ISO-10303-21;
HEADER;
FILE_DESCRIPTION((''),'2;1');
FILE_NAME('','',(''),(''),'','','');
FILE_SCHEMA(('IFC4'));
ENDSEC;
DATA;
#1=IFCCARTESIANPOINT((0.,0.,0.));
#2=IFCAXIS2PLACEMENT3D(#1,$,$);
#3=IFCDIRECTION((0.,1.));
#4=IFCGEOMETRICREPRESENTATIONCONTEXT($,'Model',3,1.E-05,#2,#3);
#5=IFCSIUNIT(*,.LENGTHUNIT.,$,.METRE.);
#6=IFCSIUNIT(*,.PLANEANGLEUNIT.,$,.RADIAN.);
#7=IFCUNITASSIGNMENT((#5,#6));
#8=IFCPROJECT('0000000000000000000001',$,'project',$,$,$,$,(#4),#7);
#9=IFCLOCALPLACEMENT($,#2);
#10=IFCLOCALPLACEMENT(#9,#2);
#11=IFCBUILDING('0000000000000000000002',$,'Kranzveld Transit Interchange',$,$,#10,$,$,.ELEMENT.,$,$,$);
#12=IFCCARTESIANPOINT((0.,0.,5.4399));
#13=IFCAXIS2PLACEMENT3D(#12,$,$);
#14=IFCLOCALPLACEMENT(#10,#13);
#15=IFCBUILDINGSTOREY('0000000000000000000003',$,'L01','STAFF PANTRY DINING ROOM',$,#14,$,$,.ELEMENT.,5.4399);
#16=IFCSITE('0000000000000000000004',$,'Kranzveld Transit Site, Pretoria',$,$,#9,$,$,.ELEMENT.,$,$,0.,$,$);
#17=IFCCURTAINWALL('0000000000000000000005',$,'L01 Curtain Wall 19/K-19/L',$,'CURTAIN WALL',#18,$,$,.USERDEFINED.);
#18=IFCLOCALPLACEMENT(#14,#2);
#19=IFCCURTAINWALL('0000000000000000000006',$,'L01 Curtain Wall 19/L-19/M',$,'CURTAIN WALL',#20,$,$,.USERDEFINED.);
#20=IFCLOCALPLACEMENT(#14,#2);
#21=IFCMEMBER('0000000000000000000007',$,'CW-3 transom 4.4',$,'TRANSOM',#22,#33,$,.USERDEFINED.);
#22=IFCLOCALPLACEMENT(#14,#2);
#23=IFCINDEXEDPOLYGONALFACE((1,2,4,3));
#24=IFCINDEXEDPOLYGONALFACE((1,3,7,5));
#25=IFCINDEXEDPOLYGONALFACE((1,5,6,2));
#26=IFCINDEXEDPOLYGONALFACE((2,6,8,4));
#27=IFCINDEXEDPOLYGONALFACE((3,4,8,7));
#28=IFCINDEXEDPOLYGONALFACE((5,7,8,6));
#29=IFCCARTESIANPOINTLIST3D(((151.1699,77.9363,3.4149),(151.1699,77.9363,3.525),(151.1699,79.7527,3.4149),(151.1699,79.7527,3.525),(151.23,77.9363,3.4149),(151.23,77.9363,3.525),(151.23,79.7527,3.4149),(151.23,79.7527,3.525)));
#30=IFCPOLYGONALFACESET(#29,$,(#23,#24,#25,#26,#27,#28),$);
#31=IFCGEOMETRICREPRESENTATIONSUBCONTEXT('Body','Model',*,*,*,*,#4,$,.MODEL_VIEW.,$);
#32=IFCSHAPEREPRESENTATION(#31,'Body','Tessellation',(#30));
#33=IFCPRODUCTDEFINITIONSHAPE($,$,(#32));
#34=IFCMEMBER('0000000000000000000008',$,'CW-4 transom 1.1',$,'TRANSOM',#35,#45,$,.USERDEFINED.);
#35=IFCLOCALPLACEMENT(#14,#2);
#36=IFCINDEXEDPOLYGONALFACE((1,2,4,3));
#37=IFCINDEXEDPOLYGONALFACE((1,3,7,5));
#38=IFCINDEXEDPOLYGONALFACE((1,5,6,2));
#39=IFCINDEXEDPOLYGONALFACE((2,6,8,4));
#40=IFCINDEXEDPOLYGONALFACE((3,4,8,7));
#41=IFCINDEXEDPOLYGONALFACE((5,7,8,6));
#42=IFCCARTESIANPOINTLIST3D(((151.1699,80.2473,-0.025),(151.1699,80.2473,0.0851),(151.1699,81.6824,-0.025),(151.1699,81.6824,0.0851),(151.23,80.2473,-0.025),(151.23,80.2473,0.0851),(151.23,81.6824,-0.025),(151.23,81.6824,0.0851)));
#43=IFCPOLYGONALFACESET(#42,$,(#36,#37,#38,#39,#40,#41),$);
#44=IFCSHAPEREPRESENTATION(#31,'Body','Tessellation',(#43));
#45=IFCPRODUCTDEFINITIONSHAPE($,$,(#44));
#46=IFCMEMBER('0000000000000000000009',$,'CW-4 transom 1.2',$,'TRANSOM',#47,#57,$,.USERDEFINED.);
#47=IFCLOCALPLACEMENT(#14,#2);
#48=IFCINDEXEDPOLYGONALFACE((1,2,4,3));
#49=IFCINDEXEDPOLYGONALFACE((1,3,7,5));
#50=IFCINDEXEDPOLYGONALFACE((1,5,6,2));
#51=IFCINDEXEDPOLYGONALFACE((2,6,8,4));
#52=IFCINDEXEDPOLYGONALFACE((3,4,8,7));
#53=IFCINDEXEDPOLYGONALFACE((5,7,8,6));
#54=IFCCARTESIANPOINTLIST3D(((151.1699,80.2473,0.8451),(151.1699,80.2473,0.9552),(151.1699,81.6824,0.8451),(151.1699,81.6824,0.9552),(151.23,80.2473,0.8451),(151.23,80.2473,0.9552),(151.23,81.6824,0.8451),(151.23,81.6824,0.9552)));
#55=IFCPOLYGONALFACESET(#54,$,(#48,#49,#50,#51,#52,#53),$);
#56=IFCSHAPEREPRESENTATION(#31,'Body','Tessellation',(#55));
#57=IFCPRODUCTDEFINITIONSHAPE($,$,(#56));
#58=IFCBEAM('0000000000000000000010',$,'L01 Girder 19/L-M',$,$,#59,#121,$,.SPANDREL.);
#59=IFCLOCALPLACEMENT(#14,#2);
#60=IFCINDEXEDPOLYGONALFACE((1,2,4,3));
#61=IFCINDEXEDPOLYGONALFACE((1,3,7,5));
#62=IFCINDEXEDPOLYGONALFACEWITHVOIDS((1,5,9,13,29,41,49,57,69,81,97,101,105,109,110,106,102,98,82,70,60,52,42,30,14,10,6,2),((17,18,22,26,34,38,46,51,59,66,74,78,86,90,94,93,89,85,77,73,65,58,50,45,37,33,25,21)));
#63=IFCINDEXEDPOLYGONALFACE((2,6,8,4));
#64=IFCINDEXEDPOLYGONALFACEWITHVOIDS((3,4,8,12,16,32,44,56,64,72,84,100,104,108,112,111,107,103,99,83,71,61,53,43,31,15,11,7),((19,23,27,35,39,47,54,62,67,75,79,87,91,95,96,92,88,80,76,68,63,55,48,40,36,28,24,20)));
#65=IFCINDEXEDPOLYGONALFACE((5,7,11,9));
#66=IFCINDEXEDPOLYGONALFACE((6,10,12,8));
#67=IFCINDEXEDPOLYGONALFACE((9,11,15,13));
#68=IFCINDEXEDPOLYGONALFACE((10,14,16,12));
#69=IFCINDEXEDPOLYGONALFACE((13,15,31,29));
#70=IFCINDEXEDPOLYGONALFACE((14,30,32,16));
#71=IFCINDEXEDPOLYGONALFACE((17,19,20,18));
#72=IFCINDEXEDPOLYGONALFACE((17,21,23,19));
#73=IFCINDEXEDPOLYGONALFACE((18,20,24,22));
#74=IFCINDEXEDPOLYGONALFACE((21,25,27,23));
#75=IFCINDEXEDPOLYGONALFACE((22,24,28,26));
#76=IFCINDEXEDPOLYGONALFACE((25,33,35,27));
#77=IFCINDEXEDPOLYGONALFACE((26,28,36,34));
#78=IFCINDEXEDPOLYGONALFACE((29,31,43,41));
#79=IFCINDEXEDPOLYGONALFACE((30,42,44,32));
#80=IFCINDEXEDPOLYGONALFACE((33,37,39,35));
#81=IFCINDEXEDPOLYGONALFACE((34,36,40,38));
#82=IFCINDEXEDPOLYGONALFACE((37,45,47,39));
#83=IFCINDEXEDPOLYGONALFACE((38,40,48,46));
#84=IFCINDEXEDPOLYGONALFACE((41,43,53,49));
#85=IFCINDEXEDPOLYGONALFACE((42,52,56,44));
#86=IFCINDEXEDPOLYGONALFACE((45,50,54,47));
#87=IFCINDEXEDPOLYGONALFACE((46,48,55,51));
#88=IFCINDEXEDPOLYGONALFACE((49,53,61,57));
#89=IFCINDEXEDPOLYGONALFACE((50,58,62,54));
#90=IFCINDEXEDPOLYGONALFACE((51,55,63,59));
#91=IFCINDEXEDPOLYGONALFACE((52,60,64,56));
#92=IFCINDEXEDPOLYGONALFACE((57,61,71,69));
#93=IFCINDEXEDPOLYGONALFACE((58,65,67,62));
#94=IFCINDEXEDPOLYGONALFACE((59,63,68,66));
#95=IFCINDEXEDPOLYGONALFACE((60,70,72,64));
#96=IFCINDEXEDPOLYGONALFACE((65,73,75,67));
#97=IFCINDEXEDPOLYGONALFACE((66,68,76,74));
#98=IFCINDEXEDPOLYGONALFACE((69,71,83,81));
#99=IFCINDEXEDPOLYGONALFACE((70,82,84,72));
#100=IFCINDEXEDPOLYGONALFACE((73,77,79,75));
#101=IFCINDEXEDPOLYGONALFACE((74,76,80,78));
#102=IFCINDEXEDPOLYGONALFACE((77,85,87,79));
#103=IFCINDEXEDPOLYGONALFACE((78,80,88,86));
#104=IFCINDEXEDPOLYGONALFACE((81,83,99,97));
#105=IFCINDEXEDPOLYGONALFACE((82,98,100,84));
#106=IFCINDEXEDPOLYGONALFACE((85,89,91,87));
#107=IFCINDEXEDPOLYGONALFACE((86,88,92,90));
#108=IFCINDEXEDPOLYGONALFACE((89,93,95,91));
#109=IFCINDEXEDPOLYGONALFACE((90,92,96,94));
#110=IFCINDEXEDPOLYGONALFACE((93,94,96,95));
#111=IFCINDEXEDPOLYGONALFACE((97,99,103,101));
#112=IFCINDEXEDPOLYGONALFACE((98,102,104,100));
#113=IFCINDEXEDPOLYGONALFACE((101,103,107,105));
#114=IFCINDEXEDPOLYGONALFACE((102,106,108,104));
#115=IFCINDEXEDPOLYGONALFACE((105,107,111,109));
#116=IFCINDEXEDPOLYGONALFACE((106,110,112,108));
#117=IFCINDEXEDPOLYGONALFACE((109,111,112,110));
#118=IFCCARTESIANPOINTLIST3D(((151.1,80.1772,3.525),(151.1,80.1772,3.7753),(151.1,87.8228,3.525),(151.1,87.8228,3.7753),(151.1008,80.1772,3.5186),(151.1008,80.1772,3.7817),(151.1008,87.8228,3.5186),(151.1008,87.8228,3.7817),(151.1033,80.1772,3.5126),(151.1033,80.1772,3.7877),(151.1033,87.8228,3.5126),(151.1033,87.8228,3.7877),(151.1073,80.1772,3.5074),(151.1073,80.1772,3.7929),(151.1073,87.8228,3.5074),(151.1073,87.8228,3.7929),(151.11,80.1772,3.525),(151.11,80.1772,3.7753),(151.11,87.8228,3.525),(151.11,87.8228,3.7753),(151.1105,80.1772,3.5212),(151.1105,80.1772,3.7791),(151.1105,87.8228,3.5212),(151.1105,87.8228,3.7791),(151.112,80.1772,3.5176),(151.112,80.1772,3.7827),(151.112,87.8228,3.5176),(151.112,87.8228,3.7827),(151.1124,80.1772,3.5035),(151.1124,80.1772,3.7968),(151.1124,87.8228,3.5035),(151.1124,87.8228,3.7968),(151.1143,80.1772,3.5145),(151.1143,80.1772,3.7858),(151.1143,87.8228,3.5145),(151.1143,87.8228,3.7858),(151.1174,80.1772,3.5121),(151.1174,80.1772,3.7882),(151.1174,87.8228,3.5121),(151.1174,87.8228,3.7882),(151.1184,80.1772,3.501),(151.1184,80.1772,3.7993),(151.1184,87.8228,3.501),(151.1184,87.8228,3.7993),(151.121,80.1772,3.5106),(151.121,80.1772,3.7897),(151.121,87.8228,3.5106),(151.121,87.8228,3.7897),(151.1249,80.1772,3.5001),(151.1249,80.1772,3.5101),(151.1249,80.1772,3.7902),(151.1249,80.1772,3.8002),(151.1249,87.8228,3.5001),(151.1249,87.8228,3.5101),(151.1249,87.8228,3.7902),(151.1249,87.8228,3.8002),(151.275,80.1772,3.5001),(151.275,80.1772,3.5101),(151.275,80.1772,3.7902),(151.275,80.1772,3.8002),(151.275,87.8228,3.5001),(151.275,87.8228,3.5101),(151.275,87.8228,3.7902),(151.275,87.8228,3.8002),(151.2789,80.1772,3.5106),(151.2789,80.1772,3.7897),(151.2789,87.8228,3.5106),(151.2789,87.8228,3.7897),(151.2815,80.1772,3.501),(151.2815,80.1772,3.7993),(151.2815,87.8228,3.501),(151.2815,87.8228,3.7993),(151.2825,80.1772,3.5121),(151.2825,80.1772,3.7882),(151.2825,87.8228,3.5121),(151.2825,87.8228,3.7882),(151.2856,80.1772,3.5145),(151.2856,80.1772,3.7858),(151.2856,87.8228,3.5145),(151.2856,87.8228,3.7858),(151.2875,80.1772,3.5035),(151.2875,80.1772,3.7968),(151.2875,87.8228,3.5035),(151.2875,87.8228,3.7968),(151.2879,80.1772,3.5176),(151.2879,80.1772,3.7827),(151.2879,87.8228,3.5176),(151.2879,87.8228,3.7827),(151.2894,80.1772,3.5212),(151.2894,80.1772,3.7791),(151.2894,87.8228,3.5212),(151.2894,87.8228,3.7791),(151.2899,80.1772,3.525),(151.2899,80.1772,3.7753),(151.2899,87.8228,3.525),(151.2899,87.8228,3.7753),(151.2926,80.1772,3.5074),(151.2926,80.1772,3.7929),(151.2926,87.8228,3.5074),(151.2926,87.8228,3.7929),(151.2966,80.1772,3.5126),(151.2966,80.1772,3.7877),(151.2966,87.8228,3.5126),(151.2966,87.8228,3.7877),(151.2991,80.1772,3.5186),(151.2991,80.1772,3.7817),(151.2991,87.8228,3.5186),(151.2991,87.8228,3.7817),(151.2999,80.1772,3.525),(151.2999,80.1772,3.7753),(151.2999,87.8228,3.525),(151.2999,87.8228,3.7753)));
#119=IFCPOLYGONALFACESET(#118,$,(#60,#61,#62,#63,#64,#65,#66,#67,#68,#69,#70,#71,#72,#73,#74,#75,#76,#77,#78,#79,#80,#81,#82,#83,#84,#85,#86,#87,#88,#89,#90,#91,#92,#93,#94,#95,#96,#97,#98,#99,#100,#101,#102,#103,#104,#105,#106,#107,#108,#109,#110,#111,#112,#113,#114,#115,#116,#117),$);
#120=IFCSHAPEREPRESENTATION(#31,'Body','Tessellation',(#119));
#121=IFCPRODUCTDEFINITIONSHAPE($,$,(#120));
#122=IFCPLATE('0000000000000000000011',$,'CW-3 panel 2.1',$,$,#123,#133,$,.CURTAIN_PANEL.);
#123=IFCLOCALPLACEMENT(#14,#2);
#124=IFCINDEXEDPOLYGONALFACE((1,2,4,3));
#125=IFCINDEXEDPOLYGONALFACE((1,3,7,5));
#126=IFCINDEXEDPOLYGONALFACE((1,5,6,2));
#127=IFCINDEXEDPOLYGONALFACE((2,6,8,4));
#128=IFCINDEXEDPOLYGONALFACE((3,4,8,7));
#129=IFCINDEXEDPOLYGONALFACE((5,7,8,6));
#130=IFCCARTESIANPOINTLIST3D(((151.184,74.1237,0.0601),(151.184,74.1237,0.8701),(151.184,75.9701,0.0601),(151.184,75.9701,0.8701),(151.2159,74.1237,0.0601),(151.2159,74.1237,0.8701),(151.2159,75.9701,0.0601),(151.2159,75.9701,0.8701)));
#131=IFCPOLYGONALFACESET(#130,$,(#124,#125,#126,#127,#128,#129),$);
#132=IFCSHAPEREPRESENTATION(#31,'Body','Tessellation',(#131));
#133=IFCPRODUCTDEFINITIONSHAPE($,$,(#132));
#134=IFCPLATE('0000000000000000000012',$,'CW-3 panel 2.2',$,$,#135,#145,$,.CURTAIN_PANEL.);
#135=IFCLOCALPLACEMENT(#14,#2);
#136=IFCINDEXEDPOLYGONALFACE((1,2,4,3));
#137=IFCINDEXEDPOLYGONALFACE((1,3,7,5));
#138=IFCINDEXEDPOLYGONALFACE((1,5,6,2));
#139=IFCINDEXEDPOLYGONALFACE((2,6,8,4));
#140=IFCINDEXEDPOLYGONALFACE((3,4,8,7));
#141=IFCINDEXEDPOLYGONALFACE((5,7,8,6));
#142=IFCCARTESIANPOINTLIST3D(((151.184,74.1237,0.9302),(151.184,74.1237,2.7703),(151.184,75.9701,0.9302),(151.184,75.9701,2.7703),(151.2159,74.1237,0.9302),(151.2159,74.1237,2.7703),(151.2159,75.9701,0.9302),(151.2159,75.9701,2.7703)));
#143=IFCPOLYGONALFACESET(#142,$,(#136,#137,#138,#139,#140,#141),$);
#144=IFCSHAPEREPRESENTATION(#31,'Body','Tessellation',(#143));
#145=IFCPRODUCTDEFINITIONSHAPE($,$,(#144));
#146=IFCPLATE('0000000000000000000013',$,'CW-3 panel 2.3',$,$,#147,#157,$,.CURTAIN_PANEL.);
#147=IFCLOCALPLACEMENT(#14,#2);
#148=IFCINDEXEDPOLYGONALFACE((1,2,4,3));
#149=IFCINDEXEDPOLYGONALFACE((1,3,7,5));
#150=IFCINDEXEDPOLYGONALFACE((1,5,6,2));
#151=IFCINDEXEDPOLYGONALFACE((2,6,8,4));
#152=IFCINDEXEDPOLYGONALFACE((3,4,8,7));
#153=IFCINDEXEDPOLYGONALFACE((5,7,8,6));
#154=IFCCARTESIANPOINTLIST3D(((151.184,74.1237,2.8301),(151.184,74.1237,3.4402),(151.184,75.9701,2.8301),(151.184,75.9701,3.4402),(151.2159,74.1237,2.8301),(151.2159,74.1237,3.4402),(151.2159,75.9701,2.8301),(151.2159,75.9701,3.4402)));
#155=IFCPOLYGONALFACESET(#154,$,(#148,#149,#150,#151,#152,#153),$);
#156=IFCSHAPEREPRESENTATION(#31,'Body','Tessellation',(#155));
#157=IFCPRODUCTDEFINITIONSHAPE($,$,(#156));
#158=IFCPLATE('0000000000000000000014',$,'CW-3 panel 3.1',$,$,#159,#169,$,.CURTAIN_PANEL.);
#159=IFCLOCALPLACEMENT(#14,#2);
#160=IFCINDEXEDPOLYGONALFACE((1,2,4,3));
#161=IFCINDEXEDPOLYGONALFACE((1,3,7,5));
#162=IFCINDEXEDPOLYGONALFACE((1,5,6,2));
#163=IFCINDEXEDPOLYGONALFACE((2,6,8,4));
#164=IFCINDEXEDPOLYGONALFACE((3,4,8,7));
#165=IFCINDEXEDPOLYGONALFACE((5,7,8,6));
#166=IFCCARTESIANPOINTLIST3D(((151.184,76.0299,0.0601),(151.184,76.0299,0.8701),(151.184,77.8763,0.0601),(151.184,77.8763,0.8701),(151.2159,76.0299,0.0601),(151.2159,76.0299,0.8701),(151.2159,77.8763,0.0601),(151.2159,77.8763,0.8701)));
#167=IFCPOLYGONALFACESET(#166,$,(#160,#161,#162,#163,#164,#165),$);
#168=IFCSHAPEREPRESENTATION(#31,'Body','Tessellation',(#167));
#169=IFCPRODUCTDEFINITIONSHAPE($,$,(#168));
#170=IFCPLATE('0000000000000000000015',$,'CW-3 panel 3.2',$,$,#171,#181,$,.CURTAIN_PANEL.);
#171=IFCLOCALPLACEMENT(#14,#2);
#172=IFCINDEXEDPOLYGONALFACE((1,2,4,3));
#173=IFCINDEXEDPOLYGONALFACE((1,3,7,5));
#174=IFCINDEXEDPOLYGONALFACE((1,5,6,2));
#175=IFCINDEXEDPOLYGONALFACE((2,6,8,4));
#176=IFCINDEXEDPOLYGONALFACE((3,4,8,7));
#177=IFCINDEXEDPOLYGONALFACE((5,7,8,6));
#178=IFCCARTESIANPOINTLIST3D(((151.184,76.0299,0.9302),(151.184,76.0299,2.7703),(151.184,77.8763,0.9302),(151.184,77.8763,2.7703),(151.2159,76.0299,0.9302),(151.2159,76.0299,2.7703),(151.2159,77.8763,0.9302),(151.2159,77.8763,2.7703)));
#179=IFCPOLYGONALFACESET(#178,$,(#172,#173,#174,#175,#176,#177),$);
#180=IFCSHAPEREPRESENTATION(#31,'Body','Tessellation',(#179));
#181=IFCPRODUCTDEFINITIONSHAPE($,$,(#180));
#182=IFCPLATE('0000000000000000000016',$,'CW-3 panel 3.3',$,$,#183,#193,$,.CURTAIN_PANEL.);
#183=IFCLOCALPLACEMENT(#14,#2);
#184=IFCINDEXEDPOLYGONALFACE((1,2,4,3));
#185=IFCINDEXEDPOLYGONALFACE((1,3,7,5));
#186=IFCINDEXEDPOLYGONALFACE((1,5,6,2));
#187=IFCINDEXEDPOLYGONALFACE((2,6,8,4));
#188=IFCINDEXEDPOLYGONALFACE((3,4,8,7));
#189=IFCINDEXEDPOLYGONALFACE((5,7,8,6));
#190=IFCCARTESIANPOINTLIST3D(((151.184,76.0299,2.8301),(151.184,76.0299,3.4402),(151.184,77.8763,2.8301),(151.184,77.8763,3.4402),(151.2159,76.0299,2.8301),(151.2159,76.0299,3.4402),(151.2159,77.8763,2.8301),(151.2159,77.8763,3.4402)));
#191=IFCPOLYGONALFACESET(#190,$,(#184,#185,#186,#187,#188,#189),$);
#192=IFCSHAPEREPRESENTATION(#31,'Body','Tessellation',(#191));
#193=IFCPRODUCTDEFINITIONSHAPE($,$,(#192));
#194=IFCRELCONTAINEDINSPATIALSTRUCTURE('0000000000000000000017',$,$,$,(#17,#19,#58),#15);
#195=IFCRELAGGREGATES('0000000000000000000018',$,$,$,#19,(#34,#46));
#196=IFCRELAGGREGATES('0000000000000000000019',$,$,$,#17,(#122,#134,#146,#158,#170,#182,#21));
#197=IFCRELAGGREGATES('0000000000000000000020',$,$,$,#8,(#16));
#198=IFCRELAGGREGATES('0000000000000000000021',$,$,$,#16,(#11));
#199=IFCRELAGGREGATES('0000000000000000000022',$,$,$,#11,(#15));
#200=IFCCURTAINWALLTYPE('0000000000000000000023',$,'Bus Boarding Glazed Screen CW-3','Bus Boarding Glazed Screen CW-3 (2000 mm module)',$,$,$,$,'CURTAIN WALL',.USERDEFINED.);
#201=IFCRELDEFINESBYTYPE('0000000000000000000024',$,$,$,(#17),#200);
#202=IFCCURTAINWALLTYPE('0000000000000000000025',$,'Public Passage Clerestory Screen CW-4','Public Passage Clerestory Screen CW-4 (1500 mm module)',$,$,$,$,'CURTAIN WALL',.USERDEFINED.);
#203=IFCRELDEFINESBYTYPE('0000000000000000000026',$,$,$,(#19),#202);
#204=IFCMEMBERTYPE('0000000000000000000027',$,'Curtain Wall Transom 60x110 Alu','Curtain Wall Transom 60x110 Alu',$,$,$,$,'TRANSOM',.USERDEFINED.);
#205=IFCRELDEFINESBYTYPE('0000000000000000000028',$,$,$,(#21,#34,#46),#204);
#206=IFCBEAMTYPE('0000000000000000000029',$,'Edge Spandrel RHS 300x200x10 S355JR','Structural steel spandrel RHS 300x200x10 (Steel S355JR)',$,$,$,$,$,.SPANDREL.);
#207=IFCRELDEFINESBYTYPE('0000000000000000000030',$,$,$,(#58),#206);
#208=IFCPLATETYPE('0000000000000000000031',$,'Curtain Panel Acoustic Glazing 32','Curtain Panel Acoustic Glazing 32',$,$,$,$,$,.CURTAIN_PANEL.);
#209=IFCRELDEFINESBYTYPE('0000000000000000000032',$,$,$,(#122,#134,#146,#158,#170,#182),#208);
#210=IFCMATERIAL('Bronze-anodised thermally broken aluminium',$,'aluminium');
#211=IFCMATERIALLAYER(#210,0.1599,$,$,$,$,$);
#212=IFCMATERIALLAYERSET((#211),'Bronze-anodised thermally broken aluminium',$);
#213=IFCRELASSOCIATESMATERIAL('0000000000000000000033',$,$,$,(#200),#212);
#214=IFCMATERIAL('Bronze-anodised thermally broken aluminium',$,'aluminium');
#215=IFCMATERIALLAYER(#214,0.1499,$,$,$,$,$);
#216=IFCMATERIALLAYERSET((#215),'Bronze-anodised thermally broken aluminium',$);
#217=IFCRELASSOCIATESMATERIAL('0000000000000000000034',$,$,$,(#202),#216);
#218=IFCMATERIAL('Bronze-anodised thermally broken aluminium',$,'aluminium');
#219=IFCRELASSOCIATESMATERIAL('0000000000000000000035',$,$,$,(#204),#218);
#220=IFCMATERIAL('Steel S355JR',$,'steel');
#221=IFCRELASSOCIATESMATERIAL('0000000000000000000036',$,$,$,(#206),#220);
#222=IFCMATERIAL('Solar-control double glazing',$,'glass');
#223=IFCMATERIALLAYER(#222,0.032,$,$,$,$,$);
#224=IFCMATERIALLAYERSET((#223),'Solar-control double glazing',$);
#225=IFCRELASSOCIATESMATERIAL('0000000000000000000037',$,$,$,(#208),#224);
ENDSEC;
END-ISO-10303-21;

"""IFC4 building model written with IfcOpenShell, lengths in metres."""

from ifc_helpers import new_model, si_unit, direction, frame, origin, origin_2d, place, context, subcontext, project, spatial, rectangle, hollow_rectangle, extrude, material, layer, layer_set, material_profile, profile_set, type_object, element, aggregate, save


model = new_model("IFC4")

# Units and contexts
model_context = context("Model", 3, precision=1e-05, world=origin(), true_north=direction((0.0, 1.0)))
body_context = subcontext(model_context, "Body", "Model", "MODEL_VIEW")
ifc_project = project(units=[si_unit("LENGTHUNIT", "METRE"), si_unit("PLANEANGLEUNIT", "RADIAN")], contexts=[model_context])

# Site, building, storey
site_placement = place(None, origin())
site = spatial("IfcSite", under=ifc_project, at=site_placement, Name="Kranzveld Transit Site, Pretoria", CompositionType="ELEMENT", RefElevation=0.0)
building_placement = place(site_placement, origin())
building = spatial("IfcBuilding", under=site, at=building_placement, Name="Kranzveld Transit Interchange", CompositionType="ELEMENT")
storey_placement = place(building_placement, frame((0.0, 0.0, 5.4399)))
storey = spatial("IfcBuildingStorey", under=building, at=storey_placement, Name="L01", Description="STAFF PANTRY DINING ROOM", CompositionType="ELEMENT", Elevation=5.4399)

# Curtain wall
ifc_material_1 = material(Name="Bronze-anodised thermally broken aluminium", Category="aluminium")
ifc_layer_1 = layer(ifc_material_1, 0.1599)
ifc_layer_set_1 = layer_set([ifc_layer_1], Name="Bronze-anodised thermally broken aluminium")
curtain_wall_type_1 = type_object("IfcCurtainWallType", Name="Bus Boarding Glazed Screen CW-3", Description="Bus Boarding Glazed Screen CW-3 (2000 mm module)", ElementType="CURTAIN WALL", PredefinedType="USERDEFINED", material=ifc_layer_set_1)
curtain_wall_1_placement = place(storey_placement, origin())
curtain_wall_1 = element("IfcCurtainWall", 1, at=curtain_wall_1_placement, inside=storey, type_object=curtain_wall_type_1, Name="L01 Curtain Wall 19/K-19/L", ObjectType="CURTAIN WALL", PredefinedType="USERDEFINED")

# Curtain wall
ifc_material_2 = material(Name="Bronze-anodised thermally broken aluminium", Category="aluminium")
ifc_layer_2 = layer(ifc_material_2, 0.1499)
ifc_layer_set_2 = layer_set([ifc_layer_2], Name="Bronze-anodised thermally broken aluminium")
curtain_wall_type_2 = type_object("IfcCurtainWallType", Name="Public Passage Clerestory Screen CW-4", Description="Public Passage Clerestory Screen CW-4 (1500 mm module)", ElementType="CURTAIN WALL", PredefinedType="USERDEFINED", material=ifc_layer_set_2)
curtain_wall_2_placement = place(storey_placement, origin())
curtain_wall_2 = element("IfcCurtainWall", 2, at=curtain_wall_2_placement, inside=storey, type_object=curtain_wall_type_2, Name="L01 Curtain Wall 19/L-19/M", ObjectType="CURTAIN WALL", PredefinedType="USERDEFINED")

# Members
ifc_material_3 = material(Name="Bronze-anodised thermally broken aluminium", Category="aluminium")
ifc_material_profile_1 = material_profile(ifc_material_3, rectangle(XDim=0.0601, YDim=0.1101, at=origin_2d()), Name="ALU TRANSOM 60x110")
ifc_profile_set_1 = profile_set([ifc_material_profile_1], Name="Bronze-anodised thermally broken aluminium")
member_type_1 = type_object("IfcMemberType", Name="Curtain Wall Transom 60x110 Alu", Description="Curtain Wall Transom 60x110 Alu", ElementType="TRANSOM", PredefinedType="USERDEFINED", material=ifc_profile_set_1)
member_1_placement = place(storey_placement, frame((151.2, 77.9363, 3.47), z_axis=(0.0, 1.0, 0.0), x_axis=(-1.0, 0.0, 0.0)))
member_1 = element("IfcMember", 3, at=member_1_placement, type_object=member_type_1, Name="CW-3 transom 4.4", ObjectType="TRANSOM", PredefinedType="USERDEFINED", context=body_context, shape_type="SweptSolid", body=[
    extrude(rectangle(XDim=0.0601, YDim=0.1101, at=origin_2d()), origin(), (0.0, 0.0, 1.0), 1.8164),
])
member_2_placement = place(storey_placement, frame((151.2, 80.2473, 0.03), z_axis=(0.0, 1.0, 0.0), x_axis=(-1.0, 0.0, 0.0)))
member_2 = element("IfcMember", 4, at=member_2_placement, type_object=member_type_1, Name="CW-4 transom 1.1", ObjectType="TRANSOM", PredefinedType="USERDEFINED", context=body_context, shape_type="SweptSolid", body=[
    extrude(rectangle(XDim=0.0601, YDim=0.1101, at=origin_2d()), origin(), (0.0, 0.0, 1.0), 1.4351),
])
member_3_placement = place(storey_placement, frame((151.2, 80.2473, 0.9001), z_axis=(0.0, 1.0, 0.0), x_axis=(-1.0, 0.0, 0.0)))
member_3 = element("IfcMember", 5, at=member_3_placement, type_object=member_type_1, Name="CW-4 transom 1.2", ObjectType="TRANSOM", PredefinedType="USERDEFINED", context=body_context, shape_type="SweptSolid", body=[
    extrude(rectangle(XDim=0.0601, YDim=0.1101, at=origin_2d()), origin(), (0.0, 0.0, 1.0), 1.4351),
])
aggregate(curtain_wall_2, [member_2, member_3])

# Beam
ifc_material_4 = material(Name="Steel S355JR", Category="steel")
ifc_material_profile_2 = material_profile(ifc_material_4, hollow_rectangle(XDim=0.2, YDim=0.3, WallThickness=0.01, InnerFilletRadius=0.0149, OuterFilletRadius=0.0249, at=origin_2d()), Name="RHS 300x200x10")
ifc_profile_set_2 = profile_set([ifc_material_profile_2], Name="Steel S355JR")
beam_type = type_object("IfcBeamType", Name="Edge Spandrel RHS 300x200x10 S355JR", Description="Structural steel spandrel RHS 300x200x10 (Steel S355JR)", PredefinedType="SPANDREL", material=ifc_profile_set_2)
beam_placement = place(storey_placement, frame((151.2, 80.1772, 3.6501), z_axis=(0.0, 1.0, 0.0), x_axis=(-1.0, 0.0, 0.0)))
element("IfcBeam", 6, at=beam_placement, inside=storey, type_object=beam_type, Name="L01 Girder 19/L-M", PredefinedType="SPANDREL", context=body_context, shape_type="SweptSolid", body=[
    extrude(hollow_rectangle(XDim=0.2, YDim=0.3, WallThickness=0.01, InnerFilletRadius=0.0149, OuterFilletRadius=0.0249, at=origin_2d()), origin(), (0.0, 0.0, 1.0), 7.6455),
])

# Plates
ifc_material_5 = material(Name="Solar-control double glazing", Category="glass")
ifc_layer_3 = layer(ifc_material_5, 0.032)
ifc_layer_set_3 = layer_set([ifc_layer_3], Name="Solar-control double glazing")
plate_type = type_object("IfcPlateType", Name="Curtain Panel Acoustic Glazing 32", Description="Curtain Panel Acoustic Glazing 32", PredefinedType="CURTAIN_PANEL", material=ifc_layer_set_3)
plate_1_placement = place(storey_placement, frame((151.2, 75.0469, 0.0601), z_axis=(0.0, 0.0, 1.0), x_axis=(0.0, 1.0, 0.0)))
plate_1 = element("IfcPlate", 7, at=plate_1_placement, type_object=plate_type, Name="CW-3 panel 2.1", PredefinedType="CURTAIN_PANEL", context=body_context, shape_type="SweptSolid", body=[
    extrude(rectangle(XDim=1.8464, YDim=0.032, at=origin_2d()), origin(), (0.0, 0.0, 1.0), 0.8101),
])
plate_2_placement = place(storey_placement, frame((151.2, 75.0469, 0.9302), z_axis=(0.0, 0.0, 1.0), x_axis=(0.0, 1.0, 0.0)))
plate_2 = element("IfcPlate", 8, at=plate_2_placement, type_object=plate_type, Name="CW-3 panel 2.2", PredefinedType="CURTAIN_PANEL", context=body_context, shape_type="SweptSolid", body=[
    extrude(rectangle(XDim=1.8464, YDim=0.032, at=origin_2d()), origin(), (0.0, 0.0, 1.0), 1.8401),
])
plate_3_placement = place(storey_placement, frame((151.2, 75.0469, 2.8301), z_axis=(0.0, 0.0, 1.0), x_axis=(0.0, 1.0, 0.0)))
plate_3 = element("IfcPlate", 9, at=plate_3_placement, type_object=plate_type, Name="CW-3 panel 2.3", PredefinedType="CURTAIN_PANEL", context=body_context, shape_type="SweptSolid", body=[
    extrude(rectangle(XDim=1.8464, YDim=0.032, at=origin_2d()), origin(), (0.0, 0.0, 1.0), 0.6101),
])
plate_4_placement = place(storey_placement, frame((151.2, 76.9531, 0.0601), z_axis=(0.0, 0.0, 1.0), x_axis=(0.0, 1.0, 0.0)))
plate_4 = element("IfcPlate", 10, at=plate_4_placement, type_object=plate_type, Name="CW-3 panel 3.1", PredefinedType="CURTAIN_PANEL", context=body_context, shape_type="SweptSolid", body=[
    extrude(rectangle(XDim=1.8464, YDim=0.032, at=origin_2d()), origin(), (0.0, 0.0, 1.0), 0.8101),
])
plate_5_placement = place(storey_placement, frame((151.2, 76.9531, 0.9302), z_axis=(0.0, 0.0, 1.0), x_axis=(0.0, 1.0, 0.0)))
plate_5 = element("IfcPlate", 11, at=plate_5_placement, type_object=plate_type, Name="CW-3 panel 3.2", PredefinedType="CURTAIN_PANEL", context=body_context, shape_type="SweptSolid", body=[
    extrude(rectangle(XDim=1.8464, YDim=0.032, at=origin_2d()), origin(), (0.0, 0.0, 1.0), 1.8401),
])
plate_6_placement = place(storey_placement, frame((151.2, 76.9531, 2.8301), z_axis=(0.0, 0.0, 1.0), x_axis=(0.0, 1.0, 0.0)))
plate_6 = element("IfcPlate", 12, at=plate_6_placement, type_object=plate_type, Name="CW-3 panel 3.3", PredefinedType="CURTAIN_PANEL", context=body_context, shape_type="SweptSolid", body=[
    extrude(rectangle(XDim=1.8464, YDim=0.032, at=origin_2d()), origin(), (0.0, 0.0, 1.0), 0.6101),
])
aggregate(curtain_wall_1, [plate_1, plate_2, plate_3, plate_4, plate_5, plate_6, member_1])

save(model, "model.ifc")
